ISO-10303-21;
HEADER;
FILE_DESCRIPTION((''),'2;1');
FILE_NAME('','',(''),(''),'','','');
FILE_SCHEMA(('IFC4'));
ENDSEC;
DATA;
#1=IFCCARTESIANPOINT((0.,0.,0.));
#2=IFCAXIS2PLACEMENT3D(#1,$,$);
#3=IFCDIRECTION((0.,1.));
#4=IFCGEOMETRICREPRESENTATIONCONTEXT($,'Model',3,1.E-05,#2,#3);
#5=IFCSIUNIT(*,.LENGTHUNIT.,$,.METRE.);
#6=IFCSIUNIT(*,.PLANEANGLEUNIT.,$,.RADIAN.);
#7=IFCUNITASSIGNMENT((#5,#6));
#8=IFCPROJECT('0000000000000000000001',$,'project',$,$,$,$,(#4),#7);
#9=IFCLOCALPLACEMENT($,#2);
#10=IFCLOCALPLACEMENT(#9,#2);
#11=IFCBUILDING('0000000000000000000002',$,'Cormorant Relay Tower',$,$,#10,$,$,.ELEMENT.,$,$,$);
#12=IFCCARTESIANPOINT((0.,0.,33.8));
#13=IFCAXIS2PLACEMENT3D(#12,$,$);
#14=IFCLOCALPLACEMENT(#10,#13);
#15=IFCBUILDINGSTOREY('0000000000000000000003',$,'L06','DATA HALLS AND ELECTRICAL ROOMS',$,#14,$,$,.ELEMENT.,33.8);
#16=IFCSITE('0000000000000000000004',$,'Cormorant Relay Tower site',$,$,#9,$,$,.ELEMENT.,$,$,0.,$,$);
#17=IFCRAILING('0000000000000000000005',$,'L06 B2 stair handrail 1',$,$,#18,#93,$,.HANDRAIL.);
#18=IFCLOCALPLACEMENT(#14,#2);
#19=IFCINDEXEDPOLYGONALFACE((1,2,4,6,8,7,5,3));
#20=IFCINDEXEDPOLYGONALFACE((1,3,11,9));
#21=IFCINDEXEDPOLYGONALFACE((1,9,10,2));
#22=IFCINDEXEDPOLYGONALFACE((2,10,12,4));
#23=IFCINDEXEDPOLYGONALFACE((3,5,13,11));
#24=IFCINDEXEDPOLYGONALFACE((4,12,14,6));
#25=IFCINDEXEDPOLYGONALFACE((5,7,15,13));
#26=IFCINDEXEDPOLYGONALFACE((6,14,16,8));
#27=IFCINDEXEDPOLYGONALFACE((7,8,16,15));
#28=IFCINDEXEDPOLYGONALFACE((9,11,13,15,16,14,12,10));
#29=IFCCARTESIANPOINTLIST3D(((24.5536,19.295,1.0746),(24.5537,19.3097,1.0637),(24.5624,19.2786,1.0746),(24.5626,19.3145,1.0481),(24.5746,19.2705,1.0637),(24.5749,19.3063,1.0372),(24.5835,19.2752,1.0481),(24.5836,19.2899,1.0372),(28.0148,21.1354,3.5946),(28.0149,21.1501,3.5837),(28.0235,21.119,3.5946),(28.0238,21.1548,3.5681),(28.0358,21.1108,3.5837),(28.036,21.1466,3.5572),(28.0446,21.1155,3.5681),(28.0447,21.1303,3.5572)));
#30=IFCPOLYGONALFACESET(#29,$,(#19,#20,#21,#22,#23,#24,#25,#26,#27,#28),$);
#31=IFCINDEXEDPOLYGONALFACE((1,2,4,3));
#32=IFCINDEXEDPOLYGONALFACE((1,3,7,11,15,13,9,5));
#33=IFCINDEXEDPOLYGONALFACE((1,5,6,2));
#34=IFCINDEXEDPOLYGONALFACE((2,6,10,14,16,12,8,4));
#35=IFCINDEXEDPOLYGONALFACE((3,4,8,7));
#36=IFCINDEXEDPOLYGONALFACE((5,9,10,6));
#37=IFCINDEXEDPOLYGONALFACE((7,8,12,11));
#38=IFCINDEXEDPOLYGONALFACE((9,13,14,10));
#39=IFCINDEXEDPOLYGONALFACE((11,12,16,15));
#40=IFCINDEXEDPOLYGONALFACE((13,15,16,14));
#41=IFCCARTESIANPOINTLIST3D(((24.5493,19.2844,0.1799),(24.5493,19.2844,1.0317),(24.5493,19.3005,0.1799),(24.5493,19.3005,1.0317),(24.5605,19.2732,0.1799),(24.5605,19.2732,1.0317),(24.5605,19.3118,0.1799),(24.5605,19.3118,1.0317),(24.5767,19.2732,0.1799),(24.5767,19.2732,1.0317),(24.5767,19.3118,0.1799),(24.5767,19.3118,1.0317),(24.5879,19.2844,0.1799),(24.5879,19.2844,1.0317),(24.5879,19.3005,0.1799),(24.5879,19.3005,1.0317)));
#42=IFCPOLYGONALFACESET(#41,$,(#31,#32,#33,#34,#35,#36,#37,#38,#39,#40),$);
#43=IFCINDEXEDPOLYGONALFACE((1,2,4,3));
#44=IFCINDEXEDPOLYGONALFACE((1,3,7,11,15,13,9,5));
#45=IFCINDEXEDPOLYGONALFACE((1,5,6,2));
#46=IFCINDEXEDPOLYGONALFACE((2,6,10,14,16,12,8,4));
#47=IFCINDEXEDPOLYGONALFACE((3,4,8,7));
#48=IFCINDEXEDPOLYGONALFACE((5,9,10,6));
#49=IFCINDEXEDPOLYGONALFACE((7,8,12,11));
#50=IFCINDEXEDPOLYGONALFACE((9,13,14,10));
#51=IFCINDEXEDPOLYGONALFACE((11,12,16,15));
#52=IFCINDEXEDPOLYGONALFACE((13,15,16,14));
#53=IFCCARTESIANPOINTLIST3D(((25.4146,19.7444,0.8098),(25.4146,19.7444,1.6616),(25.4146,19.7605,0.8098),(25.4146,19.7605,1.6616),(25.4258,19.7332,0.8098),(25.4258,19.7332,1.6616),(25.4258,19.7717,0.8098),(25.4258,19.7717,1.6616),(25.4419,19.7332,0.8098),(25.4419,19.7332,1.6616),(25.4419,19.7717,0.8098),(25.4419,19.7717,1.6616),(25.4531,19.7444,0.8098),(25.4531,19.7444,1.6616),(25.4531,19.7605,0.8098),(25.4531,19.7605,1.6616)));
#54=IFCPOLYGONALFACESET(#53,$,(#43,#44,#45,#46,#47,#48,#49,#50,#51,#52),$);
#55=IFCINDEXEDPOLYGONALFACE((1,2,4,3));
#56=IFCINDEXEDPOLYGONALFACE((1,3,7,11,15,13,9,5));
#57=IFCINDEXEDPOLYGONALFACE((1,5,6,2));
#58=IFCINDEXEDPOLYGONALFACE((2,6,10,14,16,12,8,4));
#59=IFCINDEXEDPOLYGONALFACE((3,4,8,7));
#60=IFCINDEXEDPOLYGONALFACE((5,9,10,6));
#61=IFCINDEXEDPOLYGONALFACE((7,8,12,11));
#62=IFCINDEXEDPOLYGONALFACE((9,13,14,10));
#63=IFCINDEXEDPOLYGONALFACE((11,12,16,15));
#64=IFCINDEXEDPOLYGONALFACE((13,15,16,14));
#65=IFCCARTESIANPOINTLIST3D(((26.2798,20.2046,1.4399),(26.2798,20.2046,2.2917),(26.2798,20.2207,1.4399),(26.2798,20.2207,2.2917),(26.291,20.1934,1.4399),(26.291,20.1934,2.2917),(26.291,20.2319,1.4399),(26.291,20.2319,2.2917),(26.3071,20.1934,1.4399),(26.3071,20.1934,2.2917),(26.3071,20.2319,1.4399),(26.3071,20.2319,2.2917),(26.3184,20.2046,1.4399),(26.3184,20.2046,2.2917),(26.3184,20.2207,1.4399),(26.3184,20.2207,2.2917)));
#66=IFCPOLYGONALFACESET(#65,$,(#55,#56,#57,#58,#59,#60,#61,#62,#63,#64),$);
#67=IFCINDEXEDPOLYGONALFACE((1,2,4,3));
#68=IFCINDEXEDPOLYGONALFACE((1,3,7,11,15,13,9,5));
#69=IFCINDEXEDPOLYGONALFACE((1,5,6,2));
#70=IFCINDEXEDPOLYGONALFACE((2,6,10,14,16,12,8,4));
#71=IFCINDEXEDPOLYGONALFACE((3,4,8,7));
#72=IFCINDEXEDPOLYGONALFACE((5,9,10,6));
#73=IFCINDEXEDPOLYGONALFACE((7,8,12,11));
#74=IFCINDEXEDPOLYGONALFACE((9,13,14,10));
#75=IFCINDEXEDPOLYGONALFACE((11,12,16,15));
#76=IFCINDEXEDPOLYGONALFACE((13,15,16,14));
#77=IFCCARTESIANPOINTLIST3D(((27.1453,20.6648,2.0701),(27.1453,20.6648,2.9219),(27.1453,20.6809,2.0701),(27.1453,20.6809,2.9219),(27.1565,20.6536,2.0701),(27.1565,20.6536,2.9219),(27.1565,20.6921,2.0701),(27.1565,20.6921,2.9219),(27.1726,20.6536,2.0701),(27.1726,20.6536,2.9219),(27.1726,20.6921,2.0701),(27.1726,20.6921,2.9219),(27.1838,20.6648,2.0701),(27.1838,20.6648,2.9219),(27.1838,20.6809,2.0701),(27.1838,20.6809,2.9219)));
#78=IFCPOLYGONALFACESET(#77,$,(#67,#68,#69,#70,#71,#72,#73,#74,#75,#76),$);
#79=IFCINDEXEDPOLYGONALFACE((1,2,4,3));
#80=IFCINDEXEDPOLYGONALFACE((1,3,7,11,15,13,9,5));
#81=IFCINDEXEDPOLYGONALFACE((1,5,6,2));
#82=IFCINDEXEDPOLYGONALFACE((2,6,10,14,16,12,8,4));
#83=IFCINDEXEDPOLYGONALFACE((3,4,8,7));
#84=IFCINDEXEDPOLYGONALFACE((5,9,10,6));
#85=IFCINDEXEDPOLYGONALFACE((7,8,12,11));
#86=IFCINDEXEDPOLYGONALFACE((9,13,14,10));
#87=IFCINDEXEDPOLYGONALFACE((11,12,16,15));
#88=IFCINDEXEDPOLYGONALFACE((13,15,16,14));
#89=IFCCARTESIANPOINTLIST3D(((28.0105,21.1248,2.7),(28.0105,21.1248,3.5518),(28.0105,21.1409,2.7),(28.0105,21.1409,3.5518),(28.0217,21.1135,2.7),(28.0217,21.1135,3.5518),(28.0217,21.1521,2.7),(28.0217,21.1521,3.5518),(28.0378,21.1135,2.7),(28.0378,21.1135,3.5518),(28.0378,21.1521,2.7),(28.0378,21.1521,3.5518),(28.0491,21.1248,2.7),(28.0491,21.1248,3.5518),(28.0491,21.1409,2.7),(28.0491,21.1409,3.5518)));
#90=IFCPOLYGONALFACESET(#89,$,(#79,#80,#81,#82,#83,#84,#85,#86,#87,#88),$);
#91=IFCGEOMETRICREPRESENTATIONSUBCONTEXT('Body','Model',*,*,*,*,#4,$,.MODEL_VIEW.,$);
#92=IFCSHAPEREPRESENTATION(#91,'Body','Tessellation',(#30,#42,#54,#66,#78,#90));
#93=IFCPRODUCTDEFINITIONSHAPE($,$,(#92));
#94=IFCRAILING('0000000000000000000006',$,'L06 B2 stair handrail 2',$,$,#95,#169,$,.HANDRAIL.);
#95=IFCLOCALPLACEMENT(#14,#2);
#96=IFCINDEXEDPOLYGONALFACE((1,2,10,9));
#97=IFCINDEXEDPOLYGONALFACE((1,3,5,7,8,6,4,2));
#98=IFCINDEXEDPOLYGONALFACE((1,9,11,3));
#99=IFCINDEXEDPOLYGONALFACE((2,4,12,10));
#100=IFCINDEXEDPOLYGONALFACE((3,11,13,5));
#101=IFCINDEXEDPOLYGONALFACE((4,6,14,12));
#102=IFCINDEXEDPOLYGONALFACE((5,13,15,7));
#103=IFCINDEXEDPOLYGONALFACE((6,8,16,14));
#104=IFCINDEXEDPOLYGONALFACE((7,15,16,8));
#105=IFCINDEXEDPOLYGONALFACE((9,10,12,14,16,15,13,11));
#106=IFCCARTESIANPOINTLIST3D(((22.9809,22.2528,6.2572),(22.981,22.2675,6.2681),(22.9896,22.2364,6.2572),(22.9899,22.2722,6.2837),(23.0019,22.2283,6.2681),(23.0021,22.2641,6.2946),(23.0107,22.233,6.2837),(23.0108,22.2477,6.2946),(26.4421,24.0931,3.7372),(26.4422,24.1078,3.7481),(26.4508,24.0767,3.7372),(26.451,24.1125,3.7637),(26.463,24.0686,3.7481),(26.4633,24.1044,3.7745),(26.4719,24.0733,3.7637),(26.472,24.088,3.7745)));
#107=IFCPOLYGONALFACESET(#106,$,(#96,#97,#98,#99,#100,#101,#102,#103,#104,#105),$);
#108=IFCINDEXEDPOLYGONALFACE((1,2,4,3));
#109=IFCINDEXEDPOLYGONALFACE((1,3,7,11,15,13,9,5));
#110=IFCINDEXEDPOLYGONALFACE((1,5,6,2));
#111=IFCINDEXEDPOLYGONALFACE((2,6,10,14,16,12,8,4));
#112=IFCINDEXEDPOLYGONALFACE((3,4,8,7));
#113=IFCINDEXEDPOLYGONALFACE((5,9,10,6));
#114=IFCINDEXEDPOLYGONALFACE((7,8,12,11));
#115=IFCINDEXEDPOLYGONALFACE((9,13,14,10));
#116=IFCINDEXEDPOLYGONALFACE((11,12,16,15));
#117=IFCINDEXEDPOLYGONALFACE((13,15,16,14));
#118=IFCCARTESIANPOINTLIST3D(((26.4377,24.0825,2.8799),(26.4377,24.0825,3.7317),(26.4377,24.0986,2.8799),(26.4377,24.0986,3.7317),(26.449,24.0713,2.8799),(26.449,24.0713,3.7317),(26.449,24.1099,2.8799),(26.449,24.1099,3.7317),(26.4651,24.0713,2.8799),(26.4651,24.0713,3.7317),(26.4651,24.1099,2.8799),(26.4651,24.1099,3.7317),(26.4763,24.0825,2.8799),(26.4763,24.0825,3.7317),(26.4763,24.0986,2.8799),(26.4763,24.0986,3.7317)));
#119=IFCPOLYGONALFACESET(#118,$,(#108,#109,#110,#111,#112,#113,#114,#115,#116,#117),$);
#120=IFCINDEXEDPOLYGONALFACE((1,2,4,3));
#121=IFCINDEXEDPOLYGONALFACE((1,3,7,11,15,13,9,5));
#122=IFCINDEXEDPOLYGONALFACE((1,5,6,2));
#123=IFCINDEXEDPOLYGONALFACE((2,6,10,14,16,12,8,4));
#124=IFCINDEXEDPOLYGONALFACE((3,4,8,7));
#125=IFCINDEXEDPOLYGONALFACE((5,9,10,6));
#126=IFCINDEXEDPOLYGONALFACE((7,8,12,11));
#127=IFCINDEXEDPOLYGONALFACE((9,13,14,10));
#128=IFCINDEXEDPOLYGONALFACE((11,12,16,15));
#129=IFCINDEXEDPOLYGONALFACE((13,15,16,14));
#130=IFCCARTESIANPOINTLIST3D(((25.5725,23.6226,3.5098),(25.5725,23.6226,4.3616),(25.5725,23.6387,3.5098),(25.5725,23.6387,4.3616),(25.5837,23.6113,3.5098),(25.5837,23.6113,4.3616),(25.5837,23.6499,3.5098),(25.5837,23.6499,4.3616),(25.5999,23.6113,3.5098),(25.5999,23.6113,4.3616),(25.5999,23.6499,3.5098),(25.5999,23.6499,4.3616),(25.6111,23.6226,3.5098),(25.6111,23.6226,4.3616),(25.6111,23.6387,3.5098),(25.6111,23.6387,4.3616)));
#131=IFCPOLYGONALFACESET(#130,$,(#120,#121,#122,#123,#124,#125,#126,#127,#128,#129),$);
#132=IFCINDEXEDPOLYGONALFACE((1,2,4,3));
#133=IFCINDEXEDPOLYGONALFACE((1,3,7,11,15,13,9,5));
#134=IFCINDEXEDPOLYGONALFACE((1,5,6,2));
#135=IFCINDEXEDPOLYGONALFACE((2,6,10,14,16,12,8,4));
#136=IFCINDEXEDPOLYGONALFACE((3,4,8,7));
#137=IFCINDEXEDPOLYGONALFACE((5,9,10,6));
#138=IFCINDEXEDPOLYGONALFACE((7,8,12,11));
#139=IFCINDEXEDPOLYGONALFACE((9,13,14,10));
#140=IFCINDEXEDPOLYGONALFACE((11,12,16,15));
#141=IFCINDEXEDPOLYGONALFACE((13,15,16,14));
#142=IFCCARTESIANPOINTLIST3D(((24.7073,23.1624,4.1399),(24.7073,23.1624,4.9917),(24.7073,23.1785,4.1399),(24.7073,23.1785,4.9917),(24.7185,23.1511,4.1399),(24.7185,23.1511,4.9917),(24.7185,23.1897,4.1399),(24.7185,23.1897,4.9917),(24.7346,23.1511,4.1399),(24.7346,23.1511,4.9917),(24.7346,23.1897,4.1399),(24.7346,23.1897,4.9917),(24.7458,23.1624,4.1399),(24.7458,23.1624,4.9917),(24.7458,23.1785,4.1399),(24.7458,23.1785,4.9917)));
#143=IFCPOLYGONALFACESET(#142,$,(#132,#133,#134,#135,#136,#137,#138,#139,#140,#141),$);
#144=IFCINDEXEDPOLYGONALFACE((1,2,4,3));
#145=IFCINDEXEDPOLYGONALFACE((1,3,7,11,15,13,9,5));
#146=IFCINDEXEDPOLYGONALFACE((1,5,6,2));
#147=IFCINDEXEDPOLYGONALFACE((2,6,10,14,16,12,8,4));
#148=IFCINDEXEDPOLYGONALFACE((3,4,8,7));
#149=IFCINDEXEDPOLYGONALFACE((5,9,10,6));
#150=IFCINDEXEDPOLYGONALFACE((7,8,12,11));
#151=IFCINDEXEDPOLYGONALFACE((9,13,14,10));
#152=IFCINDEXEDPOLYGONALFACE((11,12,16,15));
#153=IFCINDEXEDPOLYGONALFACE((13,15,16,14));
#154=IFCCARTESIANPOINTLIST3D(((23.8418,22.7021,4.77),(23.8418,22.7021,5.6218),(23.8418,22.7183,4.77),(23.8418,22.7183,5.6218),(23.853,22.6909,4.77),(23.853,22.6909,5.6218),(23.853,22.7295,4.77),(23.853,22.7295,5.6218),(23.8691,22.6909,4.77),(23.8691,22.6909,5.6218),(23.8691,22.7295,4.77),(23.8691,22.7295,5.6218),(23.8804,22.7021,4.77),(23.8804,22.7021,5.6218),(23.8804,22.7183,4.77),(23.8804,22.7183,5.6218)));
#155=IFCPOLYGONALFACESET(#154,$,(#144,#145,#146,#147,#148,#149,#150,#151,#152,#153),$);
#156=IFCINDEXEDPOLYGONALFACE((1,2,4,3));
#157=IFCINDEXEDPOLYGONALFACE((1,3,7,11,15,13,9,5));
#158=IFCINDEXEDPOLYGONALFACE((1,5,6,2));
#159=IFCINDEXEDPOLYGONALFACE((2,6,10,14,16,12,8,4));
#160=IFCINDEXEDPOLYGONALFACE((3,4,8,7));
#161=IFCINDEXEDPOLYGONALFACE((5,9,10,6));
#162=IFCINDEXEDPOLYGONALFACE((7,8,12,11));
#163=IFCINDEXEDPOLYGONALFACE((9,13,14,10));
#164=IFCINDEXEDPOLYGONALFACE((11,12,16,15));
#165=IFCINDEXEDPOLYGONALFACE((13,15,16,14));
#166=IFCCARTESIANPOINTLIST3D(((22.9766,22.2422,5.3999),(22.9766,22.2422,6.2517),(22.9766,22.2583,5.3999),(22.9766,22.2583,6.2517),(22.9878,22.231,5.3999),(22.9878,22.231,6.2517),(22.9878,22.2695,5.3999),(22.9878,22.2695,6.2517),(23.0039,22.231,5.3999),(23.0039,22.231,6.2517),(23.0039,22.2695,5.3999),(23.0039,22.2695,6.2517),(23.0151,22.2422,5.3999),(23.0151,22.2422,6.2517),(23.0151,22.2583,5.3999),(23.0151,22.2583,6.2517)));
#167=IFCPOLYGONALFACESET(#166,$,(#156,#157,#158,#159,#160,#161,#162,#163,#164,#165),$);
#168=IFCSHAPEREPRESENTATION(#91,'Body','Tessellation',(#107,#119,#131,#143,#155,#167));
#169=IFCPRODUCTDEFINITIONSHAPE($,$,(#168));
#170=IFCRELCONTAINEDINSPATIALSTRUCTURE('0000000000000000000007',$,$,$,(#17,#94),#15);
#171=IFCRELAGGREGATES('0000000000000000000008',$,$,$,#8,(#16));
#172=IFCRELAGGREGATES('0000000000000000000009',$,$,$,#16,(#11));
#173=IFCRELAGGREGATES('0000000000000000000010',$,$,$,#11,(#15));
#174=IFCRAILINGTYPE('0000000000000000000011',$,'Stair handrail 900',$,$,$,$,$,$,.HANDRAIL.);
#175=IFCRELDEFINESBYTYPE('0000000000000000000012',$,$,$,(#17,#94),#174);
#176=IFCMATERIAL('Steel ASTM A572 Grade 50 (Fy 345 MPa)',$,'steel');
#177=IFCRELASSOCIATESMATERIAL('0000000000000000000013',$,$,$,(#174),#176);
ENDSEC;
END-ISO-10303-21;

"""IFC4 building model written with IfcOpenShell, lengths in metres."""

from ifc_helpers import new_model, si_unit, direction, frame, origin, place, context, subcontext, project, spatial, polyline, outline, extrude, material, type_object, element, save


model = new_model("IFC4")

# Units and contexts
model_context = context("Model", 3, precision=1e-05, world=origin(), true_north=direction((0.0, 1.0)))
body_context = subcontext(model_context, "Body", "Model", "MODEL_VIEW")
ifc_project = project(units=[si_unit("LENGTHUNIT", "METRE"), si_unit("PLANEANGLEUNIT", "RADIAN")], contexts=[model_context])

# Site, building, storey
site_placement = place(None, origin())
site = spatial("IfcSite", under=ifc_project, at=site_placement, Name="Cormorant Relay Tower site", CompositionType="ELEMENT", RefElevation=0.0)
building_placement = place(site_placement, origin())
building = spatial("IfcBuilding", under=site, at=building_placement, Name="Cormorant Relay Tower", CompositionType="ELEMENT")
storey_placement = place(building_placement, frame((0.0, 0.0, 33.8)))
storey = spatial("IfcBuildingStorey", under=building, at=storey_placement, Name="L06", Description="DATA HALLS AND ELECTRICAL ROOMS", CompositionType="ELEMENT", Elevation=33.8)

# Railings
ifc_material_1 = material(Name="Steel ASTM A572 Grade 50 (Fy 345 MPa)", Category="steel")
railing_type_1 = type_object("IfcRailingType", Name="Stair handrail 900", PredefinedType="HANDRAIL", material=ifc_material_1)
railing_1_placement = place(storey_placement, frame((24.5686, 19.2925, 0.1799)))
element("IfcRailing", 1, at=railing_1_placement, inside=storey, type_object=railing_type_1, Name="L06 B2 stair handrail 1", PredefinedType="HANDRAIL", context=body_context, shape_type="SweptSolid", body=[
    extrude(outline(polyline([(0.0222, 0.0093), (0.0093, 0.0222), (-0.0093, 0.0222), (-0.0222, 0.0093), (-0.0222, -0.0093), (-0.0093, -0.0222), (0.0093, -0.0222), (0.0222, -0.0093), (0.0222, 0.0093)])), frame((0.0, 0.0, 0.876), z_axis=(0.742717, 0.394907, 0.540758), x_axis=(-0.469469, 0.882949, 0.0)), (0.0, 0.0, 1.0), 4.6602),
    extrude(outline(polyline([(0.0193, 0.0081), (0.0081, 0.0193), (-0.0081, 0.0193), (-0.0193, 0.0081), (-0.0193, -0.0081), (-0.0081, -0.0193), (0.0081, -0.0193), (0.0193, -0.0081), (0.0193, 0.0081)])), origin(), (0.0, 0.0, 1.0), 0.8518),
    extrude(outline(polyline([(0.0193, 0.0081), (0.0081, 0.0193), (-0.0081, 0.0193), (-0.0193, 0.0081), (-0.0193, -0.0081), (-0.0081, -0.0193), (0.0081, -0.0193), (0.0193, -0.0081), (0.0193, 0.0081)])), frame((0.8652, 0.46, 0.6299)), (0.0, 0.0, 1.0), 0.8518),
    extrude(outline(polyline([(0.0193, 0.0081), (0.0081, 0.0193), (-0.0081, 0.0193), (-0.0193, 0.0081), (-0.0193, -0.0081), (-0.0081, -0.0193), (0.0081, -0.0193), (0.0193, -0.0081), (0.0193, 0.0081)])), frame((1.7305, 0.9202, 1.26)), (0.0, 0.0, 1.0), 0.8518),
    extrude(outline(polyline([(0.0193, 0.0081), (0.0081, 0.0193), (-0.0081, 0.0193), (-0.0193, 0.0081), (-0.0193, -0.0081), (-0.0081, -0.0193), (0.0081, -0.0193), (0.0193, -0.0081), (0.0193, 0.0081)])), frame((2.5959, 1.3804, 1.8901)), (0.0, 0.0, 1.0), 0.8518),
    extrude(outline(polyline([(0.0193, 0.0081), (0.0081, 0.0193), (-0.0081, 0.0193), (-0.0193, 0.0081), (-0.0193, -0.0081), (-0.0081, -0.0193), (0.0081, -0.0193), (0.0193, -0.0081), (0.0193, 0.0081)])), frame((3.4612, 1.8403, 2.52)), (0.0, 0.0, 1.0), 0.8518),
])
railing_2_placement = place(storey_placement, frame((26.457, 24.0906, 2.8799)))
element("IfcRailing", 2, at=railing_2_placement, inside=storey, type_object=railing_type_1, Name="L06 B2 stair handrail 2", PredefinedType="HANDRAIL", context=body_context, shape_type="SweptSolid", body=[
    extrude(outline(polyline([(0.0222, 0.0093), (0.0093, 0.0222), (-0.0093, 0.0222), (-0.0222, 0.0093), (-0.0222, -0.0093), (-0.0093, -0.0222), (0.0093, -0.0222), (0.0222, -0.0093), (0.0222, 0.0093)])), frame((0.0, 0.0, 0.876), z_axis=(-0.742717, -0.394907, 0.540758), x_axis=(0.469469, -0.882949, 0.0)), (0.0, 0.0, 1.0), 4.6602),
    extrude(outline(polyline([(0.0193, 0.0081), (0.0081, 0.0193), (-0.0081, 0.0193), (-0.0193, 0.0081), (-0.0193, -0.0081), (-0.0081, -0.0193), (0.0081, -0.0193), (0.0193, -0.0081), (0.0193, 0.0081)])), origin(), (0.0, 0.0, 1.0), 0.8518),
    extrude(outline(polyline([(0.0193, 0.0081), (0.0081, 0.0193), (-0.0081, 0.0193), (-0.0193, 0.0081), (-0.0193, -0.0081), (-0.0081, -0.0193), (0.0081, -0.0193), (0.0193, -0.0081), (0.0193, 0.0081)])), frame((-0.8652, -0.46, 0.6299)), (0.0, 0.0, 1.0), 0.8518),
    extrude(outline(polyline([(0.0193, 0.0081), (0.0081, 0.0193), (-0.0081, 0.0193), (-0.0193, 0.0081), (-0.0193, -0.0081), (-0.0081, -0.0193), (0.0081, -0.0193), (0.0193, -0.0081), (0.0193, 0.0081)])), frame((-1.7305, -0.9202, 1.26)), (0.0, 0.0, 1.0), 0.8518),
    extrude(outline(polyline([(0.0193, 0.0081), (0.0081, 0.0193), (-0.0081, 0.0193), (-0.0193, 0.0081), (-0.0193, -0.0081), (-0.0081, -0.0193), (0.0081, -0.0193), (0.0193, -0.0081), (0.0193, 0.0081)])), frame((-2.5959, -1.3804, 1.8901)), (0.0, 0.0, 1.0), 0.8518),
    extrude(outline(polyline([(0.0193, 0.0081), (0.0081, 0.0193), (-0.0081, 0.0193), (-0.0193, 0.0081), (-0.0193, -0.0081), (-0.0081, -0.0193), (0.0081, -0.0193), (0.0193, -0.0081), (0.0193, 0.0081)])), frame((-3.4612, -1.8403, 2.52)), (0.0, 0.0, 1.0), 0.8518),
])

save(model, "model.ifc")
